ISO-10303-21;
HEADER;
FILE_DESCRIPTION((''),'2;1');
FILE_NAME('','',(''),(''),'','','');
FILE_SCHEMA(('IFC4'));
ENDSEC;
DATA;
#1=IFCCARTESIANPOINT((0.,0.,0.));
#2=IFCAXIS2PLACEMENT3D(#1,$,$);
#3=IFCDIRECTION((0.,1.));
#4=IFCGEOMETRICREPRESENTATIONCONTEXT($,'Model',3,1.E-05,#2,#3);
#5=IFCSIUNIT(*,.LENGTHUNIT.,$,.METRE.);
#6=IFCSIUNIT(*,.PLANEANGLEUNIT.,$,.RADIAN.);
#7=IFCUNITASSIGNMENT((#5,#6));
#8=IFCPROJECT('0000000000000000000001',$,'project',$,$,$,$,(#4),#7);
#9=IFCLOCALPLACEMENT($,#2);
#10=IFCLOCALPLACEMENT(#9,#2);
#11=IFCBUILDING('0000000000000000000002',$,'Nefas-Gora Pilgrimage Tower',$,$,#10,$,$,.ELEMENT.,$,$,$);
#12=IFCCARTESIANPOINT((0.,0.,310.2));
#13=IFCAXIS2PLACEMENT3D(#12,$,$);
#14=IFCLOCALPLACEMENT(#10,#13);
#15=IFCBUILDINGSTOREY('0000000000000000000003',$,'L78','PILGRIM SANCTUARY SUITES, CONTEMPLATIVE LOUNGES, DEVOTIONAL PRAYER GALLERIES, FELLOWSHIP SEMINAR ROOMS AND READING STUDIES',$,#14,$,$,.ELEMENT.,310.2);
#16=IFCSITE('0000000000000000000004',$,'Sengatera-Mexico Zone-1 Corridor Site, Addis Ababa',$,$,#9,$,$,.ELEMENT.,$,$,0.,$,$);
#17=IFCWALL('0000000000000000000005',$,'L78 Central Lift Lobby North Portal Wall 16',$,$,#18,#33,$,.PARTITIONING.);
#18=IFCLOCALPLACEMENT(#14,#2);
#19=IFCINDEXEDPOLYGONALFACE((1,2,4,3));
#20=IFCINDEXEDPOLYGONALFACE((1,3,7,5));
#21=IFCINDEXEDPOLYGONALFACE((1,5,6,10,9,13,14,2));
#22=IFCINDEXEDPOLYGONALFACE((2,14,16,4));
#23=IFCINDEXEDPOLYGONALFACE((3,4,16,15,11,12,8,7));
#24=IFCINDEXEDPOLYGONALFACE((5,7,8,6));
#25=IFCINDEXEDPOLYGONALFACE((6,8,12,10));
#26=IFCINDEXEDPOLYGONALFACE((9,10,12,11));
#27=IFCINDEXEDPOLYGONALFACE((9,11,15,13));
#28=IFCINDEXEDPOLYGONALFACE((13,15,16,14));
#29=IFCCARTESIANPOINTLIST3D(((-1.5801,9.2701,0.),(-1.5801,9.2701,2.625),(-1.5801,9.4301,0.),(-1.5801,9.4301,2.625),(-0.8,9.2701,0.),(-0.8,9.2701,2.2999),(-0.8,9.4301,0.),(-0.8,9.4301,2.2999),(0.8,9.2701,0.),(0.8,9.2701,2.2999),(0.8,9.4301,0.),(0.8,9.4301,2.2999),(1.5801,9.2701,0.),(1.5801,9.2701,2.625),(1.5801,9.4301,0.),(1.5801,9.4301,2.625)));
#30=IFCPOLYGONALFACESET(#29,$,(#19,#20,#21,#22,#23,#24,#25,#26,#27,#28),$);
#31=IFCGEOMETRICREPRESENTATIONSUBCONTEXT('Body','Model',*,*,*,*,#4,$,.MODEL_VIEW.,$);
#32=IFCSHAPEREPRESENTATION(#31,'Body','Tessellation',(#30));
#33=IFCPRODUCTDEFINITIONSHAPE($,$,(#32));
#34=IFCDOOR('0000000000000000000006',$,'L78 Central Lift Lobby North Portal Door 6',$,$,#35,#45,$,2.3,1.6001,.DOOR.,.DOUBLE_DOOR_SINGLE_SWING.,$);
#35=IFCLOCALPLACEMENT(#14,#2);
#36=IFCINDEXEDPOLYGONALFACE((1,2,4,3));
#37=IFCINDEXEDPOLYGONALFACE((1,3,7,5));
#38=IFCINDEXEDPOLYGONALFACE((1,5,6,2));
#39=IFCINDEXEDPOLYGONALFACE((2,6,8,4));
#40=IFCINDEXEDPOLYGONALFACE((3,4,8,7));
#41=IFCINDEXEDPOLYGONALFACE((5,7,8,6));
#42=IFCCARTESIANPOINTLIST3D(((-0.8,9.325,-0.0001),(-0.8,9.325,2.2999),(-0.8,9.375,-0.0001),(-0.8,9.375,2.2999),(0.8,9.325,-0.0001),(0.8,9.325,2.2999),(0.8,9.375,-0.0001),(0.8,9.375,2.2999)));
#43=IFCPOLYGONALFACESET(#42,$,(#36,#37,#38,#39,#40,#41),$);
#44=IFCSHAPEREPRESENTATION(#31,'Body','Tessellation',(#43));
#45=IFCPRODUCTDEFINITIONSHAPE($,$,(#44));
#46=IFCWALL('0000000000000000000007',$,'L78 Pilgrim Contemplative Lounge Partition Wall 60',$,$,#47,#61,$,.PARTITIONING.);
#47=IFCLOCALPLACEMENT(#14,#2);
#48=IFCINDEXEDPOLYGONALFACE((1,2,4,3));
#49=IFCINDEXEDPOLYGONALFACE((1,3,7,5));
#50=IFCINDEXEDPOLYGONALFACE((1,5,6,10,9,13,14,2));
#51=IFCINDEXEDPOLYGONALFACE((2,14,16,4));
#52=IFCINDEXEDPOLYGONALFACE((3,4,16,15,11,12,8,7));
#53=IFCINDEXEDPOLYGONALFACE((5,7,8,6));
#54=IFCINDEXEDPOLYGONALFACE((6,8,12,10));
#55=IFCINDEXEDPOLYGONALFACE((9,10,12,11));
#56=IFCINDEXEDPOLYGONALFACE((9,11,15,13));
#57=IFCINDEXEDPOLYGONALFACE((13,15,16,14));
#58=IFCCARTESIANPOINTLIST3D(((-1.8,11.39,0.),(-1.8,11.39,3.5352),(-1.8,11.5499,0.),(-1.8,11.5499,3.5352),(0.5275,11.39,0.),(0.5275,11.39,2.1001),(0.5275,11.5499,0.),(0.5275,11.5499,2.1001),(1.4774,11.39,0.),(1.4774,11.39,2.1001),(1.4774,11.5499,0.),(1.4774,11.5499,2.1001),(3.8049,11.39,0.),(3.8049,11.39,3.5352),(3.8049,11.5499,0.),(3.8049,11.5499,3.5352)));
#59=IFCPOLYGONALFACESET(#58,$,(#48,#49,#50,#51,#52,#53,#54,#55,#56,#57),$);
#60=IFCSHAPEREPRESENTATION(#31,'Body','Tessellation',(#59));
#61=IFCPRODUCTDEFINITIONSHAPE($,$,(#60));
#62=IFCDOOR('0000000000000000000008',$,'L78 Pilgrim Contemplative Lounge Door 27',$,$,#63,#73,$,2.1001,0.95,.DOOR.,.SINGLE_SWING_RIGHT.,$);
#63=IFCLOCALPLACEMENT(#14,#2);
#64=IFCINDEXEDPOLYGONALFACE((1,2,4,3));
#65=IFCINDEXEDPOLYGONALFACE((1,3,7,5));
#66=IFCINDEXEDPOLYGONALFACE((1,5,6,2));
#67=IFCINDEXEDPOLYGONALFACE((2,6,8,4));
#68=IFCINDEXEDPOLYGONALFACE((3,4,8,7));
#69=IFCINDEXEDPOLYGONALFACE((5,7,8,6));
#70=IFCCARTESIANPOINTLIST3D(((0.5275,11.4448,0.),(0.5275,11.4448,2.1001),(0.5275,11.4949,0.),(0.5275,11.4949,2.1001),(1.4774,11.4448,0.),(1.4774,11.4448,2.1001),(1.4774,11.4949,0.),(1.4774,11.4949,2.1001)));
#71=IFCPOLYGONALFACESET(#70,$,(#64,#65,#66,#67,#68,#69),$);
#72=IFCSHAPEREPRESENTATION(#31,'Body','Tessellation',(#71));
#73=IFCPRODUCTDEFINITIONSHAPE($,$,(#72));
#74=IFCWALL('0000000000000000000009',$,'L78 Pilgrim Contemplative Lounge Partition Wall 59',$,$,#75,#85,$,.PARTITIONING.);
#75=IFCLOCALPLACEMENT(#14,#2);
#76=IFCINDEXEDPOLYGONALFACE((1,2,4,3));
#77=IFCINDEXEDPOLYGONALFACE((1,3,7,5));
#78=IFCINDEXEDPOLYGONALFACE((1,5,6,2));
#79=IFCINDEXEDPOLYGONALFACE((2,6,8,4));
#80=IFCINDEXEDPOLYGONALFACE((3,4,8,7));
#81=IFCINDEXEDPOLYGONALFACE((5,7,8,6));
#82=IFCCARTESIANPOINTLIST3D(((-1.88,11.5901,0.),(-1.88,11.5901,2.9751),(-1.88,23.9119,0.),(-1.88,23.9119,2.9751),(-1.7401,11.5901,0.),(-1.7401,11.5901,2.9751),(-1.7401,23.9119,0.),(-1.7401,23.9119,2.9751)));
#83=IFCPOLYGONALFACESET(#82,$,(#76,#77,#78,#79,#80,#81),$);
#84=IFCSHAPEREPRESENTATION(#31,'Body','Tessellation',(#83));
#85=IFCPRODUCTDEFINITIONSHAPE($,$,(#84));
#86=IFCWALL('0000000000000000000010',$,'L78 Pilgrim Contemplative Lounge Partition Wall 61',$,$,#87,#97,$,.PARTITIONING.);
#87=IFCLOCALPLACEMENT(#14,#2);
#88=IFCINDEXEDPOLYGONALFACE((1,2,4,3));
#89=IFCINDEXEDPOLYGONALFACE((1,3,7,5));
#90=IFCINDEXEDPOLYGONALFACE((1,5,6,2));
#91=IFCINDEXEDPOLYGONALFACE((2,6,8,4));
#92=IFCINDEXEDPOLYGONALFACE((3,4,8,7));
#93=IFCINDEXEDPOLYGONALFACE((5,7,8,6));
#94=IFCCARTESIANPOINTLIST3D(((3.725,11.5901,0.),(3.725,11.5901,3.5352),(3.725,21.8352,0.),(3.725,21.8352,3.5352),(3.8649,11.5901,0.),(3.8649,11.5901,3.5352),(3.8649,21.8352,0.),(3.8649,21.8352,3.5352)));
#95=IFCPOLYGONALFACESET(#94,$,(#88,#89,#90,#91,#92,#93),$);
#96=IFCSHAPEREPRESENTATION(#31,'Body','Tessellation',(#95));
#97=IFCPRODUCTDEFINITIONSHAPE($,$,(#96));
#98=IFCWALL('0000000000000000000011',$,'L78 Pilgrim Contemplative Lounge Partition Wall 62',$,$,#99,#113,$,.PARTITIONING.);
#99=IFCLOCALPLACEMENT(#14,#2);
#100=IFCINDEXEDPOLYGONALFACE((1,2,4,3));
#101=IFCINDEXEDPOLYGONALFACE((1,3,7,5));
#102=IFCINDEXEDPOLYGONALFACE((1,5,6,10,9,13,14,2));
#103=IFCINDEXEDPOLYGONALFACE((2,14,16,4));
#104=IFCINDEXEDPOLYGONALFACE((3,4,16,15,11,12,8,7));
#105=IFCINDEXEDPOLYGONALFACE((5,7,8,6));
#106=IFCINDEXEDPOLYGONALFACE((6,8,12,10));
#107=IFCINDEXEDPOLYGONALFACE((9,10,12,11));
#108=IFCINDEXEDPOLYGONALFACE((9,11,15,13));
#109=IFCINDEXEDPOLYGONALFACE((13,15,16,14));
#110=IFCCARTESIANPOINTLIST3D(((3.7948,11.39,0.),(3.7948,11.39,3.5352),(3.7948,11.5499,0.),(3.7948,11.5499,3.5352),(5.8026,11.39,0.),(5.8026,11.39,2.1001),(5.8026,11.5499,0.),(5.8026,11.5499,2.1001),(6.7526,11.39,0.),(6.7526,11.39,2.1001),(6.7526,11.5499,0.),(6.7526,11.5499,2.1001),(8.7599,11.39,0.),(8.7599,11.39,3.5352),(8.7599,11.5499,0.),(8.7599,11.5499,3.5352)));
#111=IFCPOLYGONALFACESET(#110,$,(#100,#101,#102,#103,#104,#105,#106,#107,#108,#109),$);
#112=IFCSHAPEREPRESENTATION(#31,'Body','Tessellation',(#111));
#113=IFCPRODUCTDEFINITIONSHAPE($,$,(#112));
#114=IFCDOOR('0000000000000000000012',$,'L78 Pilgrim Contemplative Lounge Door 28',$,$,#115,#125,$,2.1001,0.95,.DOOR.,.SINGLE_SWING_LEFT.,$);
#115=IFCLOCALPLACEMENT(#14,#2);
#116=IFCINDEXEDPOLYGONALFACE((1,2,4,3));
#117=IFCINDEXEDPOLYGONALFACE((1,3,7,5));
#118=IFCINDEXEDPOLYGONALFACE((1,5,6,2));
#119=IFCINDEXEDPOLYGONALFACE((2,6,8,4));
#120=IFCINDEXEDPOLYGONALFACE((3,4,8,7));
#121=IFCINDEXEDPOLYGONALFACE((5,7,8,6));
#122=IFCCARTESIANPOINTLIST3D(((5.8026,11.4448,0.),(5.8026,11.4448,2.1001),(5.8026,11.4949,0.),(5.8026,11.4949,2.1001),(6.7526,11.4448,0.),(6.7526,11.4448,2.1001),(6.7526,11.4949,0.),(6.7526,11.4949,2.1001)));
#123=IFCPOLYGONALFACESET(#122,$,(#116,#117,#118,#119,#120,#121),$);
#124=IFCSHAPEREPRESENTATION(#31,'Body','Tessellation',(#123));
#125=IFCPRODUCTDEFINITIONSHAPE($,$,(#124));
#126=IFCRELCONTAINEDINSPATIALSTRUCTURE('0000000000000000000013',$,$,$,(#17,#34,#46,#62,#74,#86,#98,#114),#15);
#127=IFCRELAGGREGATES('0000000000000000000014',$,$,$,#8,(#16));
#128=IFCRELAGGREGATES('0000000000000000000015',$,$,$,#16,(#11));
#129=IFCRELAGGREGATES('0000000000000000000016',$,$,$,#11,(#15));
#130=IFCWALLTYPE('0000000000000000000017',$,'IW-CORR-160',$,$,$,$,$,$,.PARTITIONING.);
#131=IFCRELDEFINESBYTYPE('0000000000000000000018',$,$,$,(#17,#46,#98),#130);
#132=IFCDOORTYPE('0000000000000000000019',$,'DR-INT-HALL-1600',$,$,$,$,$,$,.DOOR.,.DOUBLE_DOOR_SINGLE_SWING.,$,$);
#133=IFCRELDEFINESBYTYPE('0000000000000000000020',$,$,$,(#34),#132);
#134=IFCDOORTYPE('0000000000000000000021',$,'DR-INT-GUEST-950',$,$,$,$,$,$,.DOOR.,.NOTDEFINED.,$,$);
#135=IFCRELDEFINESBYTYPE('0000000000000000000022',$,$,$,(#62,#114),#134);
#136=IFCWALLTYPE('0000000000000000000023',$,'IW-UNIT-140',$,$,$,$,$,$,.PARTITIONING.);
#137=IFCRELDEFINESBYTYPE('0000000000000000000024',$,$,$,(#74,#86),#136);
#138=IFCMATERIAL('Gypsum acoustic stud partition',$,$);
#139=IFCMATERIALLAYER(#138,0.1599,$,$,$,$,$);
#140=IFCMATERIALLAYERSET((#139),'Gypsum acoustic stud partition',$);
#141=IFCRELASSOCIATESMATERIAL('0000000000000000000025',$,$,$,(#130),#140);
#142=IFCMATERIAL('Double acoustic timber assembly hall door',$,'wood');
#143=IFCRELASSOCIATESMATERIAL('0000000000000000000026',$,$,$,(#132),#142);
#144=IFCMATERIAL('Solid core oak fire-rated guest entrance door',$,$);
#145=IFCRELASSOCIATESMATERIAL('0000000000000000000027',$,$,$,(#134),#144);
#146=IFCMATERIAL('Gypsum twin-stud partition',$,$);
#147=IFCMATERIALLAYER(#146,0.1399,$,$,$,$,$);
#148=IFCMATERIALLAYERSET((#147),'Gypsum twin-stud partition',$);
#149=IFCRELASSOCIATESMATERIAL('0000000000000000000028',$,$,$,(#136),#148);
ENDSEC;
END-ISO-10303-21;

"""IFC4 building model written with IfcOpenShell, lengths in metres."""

from ifc_helpers import new_model, si_unit, direction, frame, frame_2d, origin, place, context, subcontext, project, spatial, rectangle, extrude, source, transform, mapped, material, layer, layer_set, type_object, element, fill, save


model = new_model("IFC4")

# Units and contexts
model_context = context("Model", 3, precision=1e-05, world=origin(), true_north=direction((0.0, 1.0)))
body_context = subcontext(model_context, "Body", "Model", "MODEL_VIEW")
ifc_project = project(units=[si_unit("LENGTHUNIT", "METRE"), si_unit("PLANEANGLEUNIT", "RADIAN")], contexts=[model_context])

# Site, building, storey
site_placement = place(None, origin())
site = spatial("IfcSite", under=ifc_project, at=site_placement, Name="Sengatera-Mexico Zone-1 Corridor Site, Addis Ababa", CompositionType="ELEMENT", RefElevation=0.0)
building_placement = place(site_placement, origin())
building = spatial("IfcBuilding", under=site, at=building_placement, Name="Nefas-Gora Pilgrimage Tower", CompositionType="ELEMENT")
storey_placement = place(building_placement, frame((0.0, 0.0, 310.2)))
storey = spatial("IfcBuildingStorey", under=building, at=storey_placement, Name="L78", Description="PILGRIM SANCTUARY SUITES, CONTEMPLATIVE LOUNGES, DEVOTIONAL PRAYER GALLERIES, FELLOWSHIP SEMINAR ROOMS AND READING STUDIES", CompositionType="ELEMENT", Elevation=310.2)

# Walls, openings, doors
ifc_material_1 = material(Name="Gypsum acoustic stud partition")
ifc_layer_1 = layer(ifc_material_1, 0.1599)
ifc_layer_set_1 = layer_set([ifc_layer_1], Name="Gypsum acoustic stud partition")
wall_type_1 = type_object("IfcWallType", Name="IW-CORR-160", PredefinedType="PARTITIONING", material=ifc_layer_set_1)
shared_shape_1 = source(origin(), body_context, "Body", "SweptSolid", [
    extrude(rectangle(XDim=3.1602, YDim=0.1599, at=frame_2d((1.5801, 0.0))), origin(), (0.0, 0.0, 1.0), 2.625),
])
wall_1_placement = place(storey_placement, frame((-1.5801, 9.3501, 0.0), z_axis=(0.0, 0.0, 1.0), x_axis=(1.0, 0.0, 0.0)))
wall_1 = element("IfcWall", 1, at=wall_1_placement, inside=storey, type_object=wall_type_1, Name="L78 Central Lift Lobby North Portal Wall 16", PredefinedType="PARTITIONING", context=body_context, shape_type="MappedRepresentation", body=[
    mapped(shared_shape_1, transform((0.0, 0.0, 0.0), x_axis=(1.0, 0.0, 0.0), y_axis=(0.0, 1.0, 0.0), z_axis=(0.0, 0.0, 1.0), scale=1.0)),
])
opening_1_placement = place(wall_1_placement, frame((0.78, 0.0, 0.0)))
opening_1 = element("IfcOpeningElement", 2, at=opening_1_placement, cuts=wall_1, PredefinedType="OPENING", context=body_context, shape_type="SweptSolid", body=[
    extrude(rectangle(XDim=1.6001, YDim=2.3, at=frame_2d((0.8, 1.1499))), frame((0.0, 0.0898, 0.0), z_axis=(0.0, -1.0, 0.0), x_axis=(1.0, 0.0, 0.0)), (0.0, 0.0, 1.0), 0.1799),
])
ifc_material_2 = material(Name="Double acoustic timber assembly hall door", Category="wood")
door_type_1 = type_object("IfcDoorType", Name="DR-INT-HALL-1600", OperationType="DOUBLE_DOOR_SINGLE_SWING", PredefinedType="DOOR", material=ifc_material_2)
shared_shape_2 = source(origin(), body_context, "Body", "SweptSolid", [
    extrude(rectangle(XDim=1.6001, YDim=2.3, at=frame_2d((0.8, 1.1499))), frame((0.0, 0.0249, 0.0), z_axis=(0.0, -1.0, 0.0), x_axis=(1.0, 0.0, 0.0)), (0.0, 0.0, 1.0), 0.05),
])
door_1_placement = place(opening_1_placement, origin())
door_1 = element("IfcDoor", 3, at=door_1_placement, inside=storey, type_object=door_type_1, Name="L78 Central Lift Lobby North Portal Door 6", OperationType="DOUBLE_DOOR_SINGLE_SWING", OverallHeight=2.3, OverallWidth=1.6001, PredefinedType="DOOR", context=body_context, shape_type="MappedRepresentation", body=[
    mapped(shared_shape_2, transform((0.0, 0.0, 0.0), x_axis=(1.0, 0.0, 0.0), y_axis=(0.0, 1.0, 0.0), z_axis=(0.0, 0.0, 1.0), scale=1.0)),
])
fill(opening_1, door_1)
shared_shape_3 = source(origin(), body_context, "Body", "SweptSolid", [
    extrude(rectangle(XDim=5.605, YDim=0.1599, at=frame_2d((2.8025, 0.0))), origin(), (0.0, 0.0, 1.0), 3.5352),
])
wall_2_placement = place(storey_placement, frame((-1.8, 11.47, 0.0), z_axis=(0.0, 0.0, 1.0), x_axis=(1.0, 0.0, 0.0)))
wall_2 = element("IfcWall", 4, at=wall_2_placement, inside=storey, type_object=wall_type_1, Name="L78 Pilgrim Contemplative Lounge Partition Wall 60", PredefinedType="PARTITIONING", context=body_context, shape_type="MappedRepresentation", body=[
    mapped(shared_shape_3, transform((0.0, 0.0, 0.0), x_axis=(1.0, 0.0, 0.0), y_axis=(0.0, 1.0, 0.0), z_axis=(0.0, 0.0, 1.0), scale=1.0)),
])
opening_2_placement = place(wall_2_placement, frame((2.3274, 0.0, 0.0)))
opening_2 = element("IfcOpeningElement", 5, at=opening_2_placement, cuts=wall_2, PredefinedType="OPENING", context=body_context, shape_type="SweptSolid", body=[
    extrude(rectangle(XDim=0.95, YDim=2.1001, at=frame_2d((0.4751, 1.05))), frame((0.0, 0.0898, 0.0), z_axis=(0.0, -1.0, 0.0), x_axis=(1.0, 0.0, 0.0)), (0.0, 0.0, 1.0), 0.1799),
])
ifc_material_3 = material(Name="Solid core oak fire-rated guest entrance door")
door_type_2 = type_object("IfcDoorType", Name="DR-INT-GUEST-950", OperationType="NOTDEFINED", PredefinedType="DOOR", material=ifc_material_3)
shared_shape_4 = source(origin(), body_context, "Body", "SweptSolid", [
    extrude(rectangle(XDim=0.95, YDim=2.1001, at=frame_2d((0.4751, 1.05))), frame((0.0, 0.0249, 0.0), z_axis=(0.0, -1.0, 0.0), x_axis=(1.0, 0.0, 0.0)), (0.0, 0.0, 1.0), 0.05),
])
door_2_placement = place(opening_2_placement, origin())
door_2 = element("IfcDoor", 6, at=door_2_placement, inside=storey, type_object=door_type_2, Name="L78 Pilgrim Contemplative Lounge Door 27", OperationType="SINGLE_SWING_RIGHT", OverallHeight=2.1001, OverallWidth=0.95, PredefinedType="DOOR", context=body_context, shape_type="MappedRepresentation", body=[
    mapped(shared_shape_4, transform((0.0, 0.0, 0.0), x_axis=(1.0, 0.0, 0.0), y_axis=(0.0, 1.0, 0.0), z_axis=(0.0, 0.0, 1.0), scale=1.0)),
])
fill(opening_2, door_2)

# Walls
ifc_material_4 = material(Name="Gypsum twin-stud partition")
ifc_layer_2 = layer(ifc_material_4, 0.1399)
ifc_layer_set_2 = layer_set([ifc_layer_2], Name="Gypsum twin-stud partition")
wall_type_2 = type_object("IfcWallType", Name="IW-UNIT-140", PredefinedType="PARTITIONING", material=ifc_layer_set_2)
shared_shape_5 = source(origin(), body_context, "Body", "SweptSolid", [
    extrude(rectangle(XDim=12.3218, YDim=0.1399, at=frame_2d((6.1609, 0.0))), origin(), (0.0, 0.0, 1.0), 2.9751),
])
wall_3_placement = place(storey_placement, frame((-1.8101, 11.5901, 0.0), z_axis=(0.0, 0.0, 1.0), x_axis=(0.0, 1.0, 0.0)))
element("IfcWall", 7, at=wall_3_placement, inside=storey, type_object=wall_type_2, Name="L78 Pilgrim Contemplative Lounge Partition Wall 59", PredefinedType="PARTITIONING", context=body_context, shape_type="MappedRepresentation", body=[
    mapped(shared_shape_5, transform((0.0, 0.0, 0.0), x_axis=(1.0, 0.0, 0.0), y_axis=(0.0, 1.0, 0.0), z_axis=(0.0, 0.0, 1.0), scale=1.0)),
])
shared_shape_6 = source(origin(), body_context, "Body", "SweptSolid", [
    extrude(rectangle(XDim=10.2451, YDim=0.1399, at=frame_2d((5.1226, 0.0))), origin(), (0.0, 0.0, 1.0), 3.5352),
])
wall_4_placement = place(storey_placement, frame((3.7949, 11.5901, 0.0), z_axis=(0.0, 0.0, 1.0), x_axis=(0.0, 1.0, 0.0)))
element("IfcWall", 8, at=wall_4_placement, inside=storey, type_object=wall_type_2, Name="L78 Pilgrim Contemplative Lounge Partition Wall 61", PredefinedType="PARTITIONING", context=body_context, shape_type="MappedRepresentation", body=[
    mapped(shared_shape_6, transform((0.0, 0.0, 0.0), x_axis=(1.0, 0.0, 0.0), y_axis=(0.0, 1.0, 0.0), z_axis=(0.0, 0.0, 1.0), scale=1.0)),
])

# Wall, opening, door
shared_shape_7 = source(origin(), body_context, "Body", "SweptSolid", [
    extrude(rectangle(XDim=4.9651, YDim=0.1599, at=frame_2d((2.4824, 0.0))), origin(), (0.0, 0.0, 1.0), 3.5352),
])
wall_5_placement = place(storey_placement, frame((3.7949, 11.47, 0.0), z_axis=(0.0, 0.0, 1.0), x_axis=(1.0, 0.0, 0.0)))
wall_5 = element("IfcWall", 9, at=wall_5_placement, inside=storey, type_object=wall_type_1, Name="L78 Pilgrim Contemplative Lounge Partition Wall 62", PredefinedType="PARTITIONING", context=body_context, shape_type="MappedRepresentation", body=[
    mapped(shared_shape_7, transform((0.0, 0.0, 0.0), x_axis=(1.0, 0.0, 0.0), y_axis=(0.0, 1.0, 0.0), z_axis=(0.0, 0.0, 1.0), scale=1.0)),
])
opening_3_placement = place(wall_5_placement, frame((2.0076, 0.0, 0.0)))
opening_3 = element("IfcOpeningElement", 10, at=opening_3_placement, cuts=wall_5, PredefinedType="OPENING", context=body_context, shape_type="SweptSolid", body=[
    extrude(rectangle(XDim=0.95, YDim=2.1001, at=frame_2d((0.4751, 1.05))), frame((0.0, 0.0898, 0.0), z_axis=(0.0, -1.0, 0.0), x_axis=(1.0, 0.0, 0.0)), (0.0, 0.0, 1.0), 0.1799),
])
door_3_placement = place(opening_3_placement, origin())
door_3 = element("IfcDoor", 11, at=door_3_placement, inside=storey, type_object=door_type_2, Name="L78 Pilgrim Contemplative Lounge Door 28", OperationType="SINGLE_SWING_LEFT", OverallHeight=2.1001, OverallWidth=0.95, PredefinedType="DOOR", context=body_context, shape_type="MappedRepresentation", body=[
    mapped(shared_shape_4, transform((0.0, 0.0, 0.0), x_axis=(1.0, 0.0, 0.0), y_axis=(0.0, 1.0, 0.0), z_axis=(0.0, 0.0, 1.0), scale=1.0)),
])
fill(opening_3, door_3)

save(model, "model.ifc")
